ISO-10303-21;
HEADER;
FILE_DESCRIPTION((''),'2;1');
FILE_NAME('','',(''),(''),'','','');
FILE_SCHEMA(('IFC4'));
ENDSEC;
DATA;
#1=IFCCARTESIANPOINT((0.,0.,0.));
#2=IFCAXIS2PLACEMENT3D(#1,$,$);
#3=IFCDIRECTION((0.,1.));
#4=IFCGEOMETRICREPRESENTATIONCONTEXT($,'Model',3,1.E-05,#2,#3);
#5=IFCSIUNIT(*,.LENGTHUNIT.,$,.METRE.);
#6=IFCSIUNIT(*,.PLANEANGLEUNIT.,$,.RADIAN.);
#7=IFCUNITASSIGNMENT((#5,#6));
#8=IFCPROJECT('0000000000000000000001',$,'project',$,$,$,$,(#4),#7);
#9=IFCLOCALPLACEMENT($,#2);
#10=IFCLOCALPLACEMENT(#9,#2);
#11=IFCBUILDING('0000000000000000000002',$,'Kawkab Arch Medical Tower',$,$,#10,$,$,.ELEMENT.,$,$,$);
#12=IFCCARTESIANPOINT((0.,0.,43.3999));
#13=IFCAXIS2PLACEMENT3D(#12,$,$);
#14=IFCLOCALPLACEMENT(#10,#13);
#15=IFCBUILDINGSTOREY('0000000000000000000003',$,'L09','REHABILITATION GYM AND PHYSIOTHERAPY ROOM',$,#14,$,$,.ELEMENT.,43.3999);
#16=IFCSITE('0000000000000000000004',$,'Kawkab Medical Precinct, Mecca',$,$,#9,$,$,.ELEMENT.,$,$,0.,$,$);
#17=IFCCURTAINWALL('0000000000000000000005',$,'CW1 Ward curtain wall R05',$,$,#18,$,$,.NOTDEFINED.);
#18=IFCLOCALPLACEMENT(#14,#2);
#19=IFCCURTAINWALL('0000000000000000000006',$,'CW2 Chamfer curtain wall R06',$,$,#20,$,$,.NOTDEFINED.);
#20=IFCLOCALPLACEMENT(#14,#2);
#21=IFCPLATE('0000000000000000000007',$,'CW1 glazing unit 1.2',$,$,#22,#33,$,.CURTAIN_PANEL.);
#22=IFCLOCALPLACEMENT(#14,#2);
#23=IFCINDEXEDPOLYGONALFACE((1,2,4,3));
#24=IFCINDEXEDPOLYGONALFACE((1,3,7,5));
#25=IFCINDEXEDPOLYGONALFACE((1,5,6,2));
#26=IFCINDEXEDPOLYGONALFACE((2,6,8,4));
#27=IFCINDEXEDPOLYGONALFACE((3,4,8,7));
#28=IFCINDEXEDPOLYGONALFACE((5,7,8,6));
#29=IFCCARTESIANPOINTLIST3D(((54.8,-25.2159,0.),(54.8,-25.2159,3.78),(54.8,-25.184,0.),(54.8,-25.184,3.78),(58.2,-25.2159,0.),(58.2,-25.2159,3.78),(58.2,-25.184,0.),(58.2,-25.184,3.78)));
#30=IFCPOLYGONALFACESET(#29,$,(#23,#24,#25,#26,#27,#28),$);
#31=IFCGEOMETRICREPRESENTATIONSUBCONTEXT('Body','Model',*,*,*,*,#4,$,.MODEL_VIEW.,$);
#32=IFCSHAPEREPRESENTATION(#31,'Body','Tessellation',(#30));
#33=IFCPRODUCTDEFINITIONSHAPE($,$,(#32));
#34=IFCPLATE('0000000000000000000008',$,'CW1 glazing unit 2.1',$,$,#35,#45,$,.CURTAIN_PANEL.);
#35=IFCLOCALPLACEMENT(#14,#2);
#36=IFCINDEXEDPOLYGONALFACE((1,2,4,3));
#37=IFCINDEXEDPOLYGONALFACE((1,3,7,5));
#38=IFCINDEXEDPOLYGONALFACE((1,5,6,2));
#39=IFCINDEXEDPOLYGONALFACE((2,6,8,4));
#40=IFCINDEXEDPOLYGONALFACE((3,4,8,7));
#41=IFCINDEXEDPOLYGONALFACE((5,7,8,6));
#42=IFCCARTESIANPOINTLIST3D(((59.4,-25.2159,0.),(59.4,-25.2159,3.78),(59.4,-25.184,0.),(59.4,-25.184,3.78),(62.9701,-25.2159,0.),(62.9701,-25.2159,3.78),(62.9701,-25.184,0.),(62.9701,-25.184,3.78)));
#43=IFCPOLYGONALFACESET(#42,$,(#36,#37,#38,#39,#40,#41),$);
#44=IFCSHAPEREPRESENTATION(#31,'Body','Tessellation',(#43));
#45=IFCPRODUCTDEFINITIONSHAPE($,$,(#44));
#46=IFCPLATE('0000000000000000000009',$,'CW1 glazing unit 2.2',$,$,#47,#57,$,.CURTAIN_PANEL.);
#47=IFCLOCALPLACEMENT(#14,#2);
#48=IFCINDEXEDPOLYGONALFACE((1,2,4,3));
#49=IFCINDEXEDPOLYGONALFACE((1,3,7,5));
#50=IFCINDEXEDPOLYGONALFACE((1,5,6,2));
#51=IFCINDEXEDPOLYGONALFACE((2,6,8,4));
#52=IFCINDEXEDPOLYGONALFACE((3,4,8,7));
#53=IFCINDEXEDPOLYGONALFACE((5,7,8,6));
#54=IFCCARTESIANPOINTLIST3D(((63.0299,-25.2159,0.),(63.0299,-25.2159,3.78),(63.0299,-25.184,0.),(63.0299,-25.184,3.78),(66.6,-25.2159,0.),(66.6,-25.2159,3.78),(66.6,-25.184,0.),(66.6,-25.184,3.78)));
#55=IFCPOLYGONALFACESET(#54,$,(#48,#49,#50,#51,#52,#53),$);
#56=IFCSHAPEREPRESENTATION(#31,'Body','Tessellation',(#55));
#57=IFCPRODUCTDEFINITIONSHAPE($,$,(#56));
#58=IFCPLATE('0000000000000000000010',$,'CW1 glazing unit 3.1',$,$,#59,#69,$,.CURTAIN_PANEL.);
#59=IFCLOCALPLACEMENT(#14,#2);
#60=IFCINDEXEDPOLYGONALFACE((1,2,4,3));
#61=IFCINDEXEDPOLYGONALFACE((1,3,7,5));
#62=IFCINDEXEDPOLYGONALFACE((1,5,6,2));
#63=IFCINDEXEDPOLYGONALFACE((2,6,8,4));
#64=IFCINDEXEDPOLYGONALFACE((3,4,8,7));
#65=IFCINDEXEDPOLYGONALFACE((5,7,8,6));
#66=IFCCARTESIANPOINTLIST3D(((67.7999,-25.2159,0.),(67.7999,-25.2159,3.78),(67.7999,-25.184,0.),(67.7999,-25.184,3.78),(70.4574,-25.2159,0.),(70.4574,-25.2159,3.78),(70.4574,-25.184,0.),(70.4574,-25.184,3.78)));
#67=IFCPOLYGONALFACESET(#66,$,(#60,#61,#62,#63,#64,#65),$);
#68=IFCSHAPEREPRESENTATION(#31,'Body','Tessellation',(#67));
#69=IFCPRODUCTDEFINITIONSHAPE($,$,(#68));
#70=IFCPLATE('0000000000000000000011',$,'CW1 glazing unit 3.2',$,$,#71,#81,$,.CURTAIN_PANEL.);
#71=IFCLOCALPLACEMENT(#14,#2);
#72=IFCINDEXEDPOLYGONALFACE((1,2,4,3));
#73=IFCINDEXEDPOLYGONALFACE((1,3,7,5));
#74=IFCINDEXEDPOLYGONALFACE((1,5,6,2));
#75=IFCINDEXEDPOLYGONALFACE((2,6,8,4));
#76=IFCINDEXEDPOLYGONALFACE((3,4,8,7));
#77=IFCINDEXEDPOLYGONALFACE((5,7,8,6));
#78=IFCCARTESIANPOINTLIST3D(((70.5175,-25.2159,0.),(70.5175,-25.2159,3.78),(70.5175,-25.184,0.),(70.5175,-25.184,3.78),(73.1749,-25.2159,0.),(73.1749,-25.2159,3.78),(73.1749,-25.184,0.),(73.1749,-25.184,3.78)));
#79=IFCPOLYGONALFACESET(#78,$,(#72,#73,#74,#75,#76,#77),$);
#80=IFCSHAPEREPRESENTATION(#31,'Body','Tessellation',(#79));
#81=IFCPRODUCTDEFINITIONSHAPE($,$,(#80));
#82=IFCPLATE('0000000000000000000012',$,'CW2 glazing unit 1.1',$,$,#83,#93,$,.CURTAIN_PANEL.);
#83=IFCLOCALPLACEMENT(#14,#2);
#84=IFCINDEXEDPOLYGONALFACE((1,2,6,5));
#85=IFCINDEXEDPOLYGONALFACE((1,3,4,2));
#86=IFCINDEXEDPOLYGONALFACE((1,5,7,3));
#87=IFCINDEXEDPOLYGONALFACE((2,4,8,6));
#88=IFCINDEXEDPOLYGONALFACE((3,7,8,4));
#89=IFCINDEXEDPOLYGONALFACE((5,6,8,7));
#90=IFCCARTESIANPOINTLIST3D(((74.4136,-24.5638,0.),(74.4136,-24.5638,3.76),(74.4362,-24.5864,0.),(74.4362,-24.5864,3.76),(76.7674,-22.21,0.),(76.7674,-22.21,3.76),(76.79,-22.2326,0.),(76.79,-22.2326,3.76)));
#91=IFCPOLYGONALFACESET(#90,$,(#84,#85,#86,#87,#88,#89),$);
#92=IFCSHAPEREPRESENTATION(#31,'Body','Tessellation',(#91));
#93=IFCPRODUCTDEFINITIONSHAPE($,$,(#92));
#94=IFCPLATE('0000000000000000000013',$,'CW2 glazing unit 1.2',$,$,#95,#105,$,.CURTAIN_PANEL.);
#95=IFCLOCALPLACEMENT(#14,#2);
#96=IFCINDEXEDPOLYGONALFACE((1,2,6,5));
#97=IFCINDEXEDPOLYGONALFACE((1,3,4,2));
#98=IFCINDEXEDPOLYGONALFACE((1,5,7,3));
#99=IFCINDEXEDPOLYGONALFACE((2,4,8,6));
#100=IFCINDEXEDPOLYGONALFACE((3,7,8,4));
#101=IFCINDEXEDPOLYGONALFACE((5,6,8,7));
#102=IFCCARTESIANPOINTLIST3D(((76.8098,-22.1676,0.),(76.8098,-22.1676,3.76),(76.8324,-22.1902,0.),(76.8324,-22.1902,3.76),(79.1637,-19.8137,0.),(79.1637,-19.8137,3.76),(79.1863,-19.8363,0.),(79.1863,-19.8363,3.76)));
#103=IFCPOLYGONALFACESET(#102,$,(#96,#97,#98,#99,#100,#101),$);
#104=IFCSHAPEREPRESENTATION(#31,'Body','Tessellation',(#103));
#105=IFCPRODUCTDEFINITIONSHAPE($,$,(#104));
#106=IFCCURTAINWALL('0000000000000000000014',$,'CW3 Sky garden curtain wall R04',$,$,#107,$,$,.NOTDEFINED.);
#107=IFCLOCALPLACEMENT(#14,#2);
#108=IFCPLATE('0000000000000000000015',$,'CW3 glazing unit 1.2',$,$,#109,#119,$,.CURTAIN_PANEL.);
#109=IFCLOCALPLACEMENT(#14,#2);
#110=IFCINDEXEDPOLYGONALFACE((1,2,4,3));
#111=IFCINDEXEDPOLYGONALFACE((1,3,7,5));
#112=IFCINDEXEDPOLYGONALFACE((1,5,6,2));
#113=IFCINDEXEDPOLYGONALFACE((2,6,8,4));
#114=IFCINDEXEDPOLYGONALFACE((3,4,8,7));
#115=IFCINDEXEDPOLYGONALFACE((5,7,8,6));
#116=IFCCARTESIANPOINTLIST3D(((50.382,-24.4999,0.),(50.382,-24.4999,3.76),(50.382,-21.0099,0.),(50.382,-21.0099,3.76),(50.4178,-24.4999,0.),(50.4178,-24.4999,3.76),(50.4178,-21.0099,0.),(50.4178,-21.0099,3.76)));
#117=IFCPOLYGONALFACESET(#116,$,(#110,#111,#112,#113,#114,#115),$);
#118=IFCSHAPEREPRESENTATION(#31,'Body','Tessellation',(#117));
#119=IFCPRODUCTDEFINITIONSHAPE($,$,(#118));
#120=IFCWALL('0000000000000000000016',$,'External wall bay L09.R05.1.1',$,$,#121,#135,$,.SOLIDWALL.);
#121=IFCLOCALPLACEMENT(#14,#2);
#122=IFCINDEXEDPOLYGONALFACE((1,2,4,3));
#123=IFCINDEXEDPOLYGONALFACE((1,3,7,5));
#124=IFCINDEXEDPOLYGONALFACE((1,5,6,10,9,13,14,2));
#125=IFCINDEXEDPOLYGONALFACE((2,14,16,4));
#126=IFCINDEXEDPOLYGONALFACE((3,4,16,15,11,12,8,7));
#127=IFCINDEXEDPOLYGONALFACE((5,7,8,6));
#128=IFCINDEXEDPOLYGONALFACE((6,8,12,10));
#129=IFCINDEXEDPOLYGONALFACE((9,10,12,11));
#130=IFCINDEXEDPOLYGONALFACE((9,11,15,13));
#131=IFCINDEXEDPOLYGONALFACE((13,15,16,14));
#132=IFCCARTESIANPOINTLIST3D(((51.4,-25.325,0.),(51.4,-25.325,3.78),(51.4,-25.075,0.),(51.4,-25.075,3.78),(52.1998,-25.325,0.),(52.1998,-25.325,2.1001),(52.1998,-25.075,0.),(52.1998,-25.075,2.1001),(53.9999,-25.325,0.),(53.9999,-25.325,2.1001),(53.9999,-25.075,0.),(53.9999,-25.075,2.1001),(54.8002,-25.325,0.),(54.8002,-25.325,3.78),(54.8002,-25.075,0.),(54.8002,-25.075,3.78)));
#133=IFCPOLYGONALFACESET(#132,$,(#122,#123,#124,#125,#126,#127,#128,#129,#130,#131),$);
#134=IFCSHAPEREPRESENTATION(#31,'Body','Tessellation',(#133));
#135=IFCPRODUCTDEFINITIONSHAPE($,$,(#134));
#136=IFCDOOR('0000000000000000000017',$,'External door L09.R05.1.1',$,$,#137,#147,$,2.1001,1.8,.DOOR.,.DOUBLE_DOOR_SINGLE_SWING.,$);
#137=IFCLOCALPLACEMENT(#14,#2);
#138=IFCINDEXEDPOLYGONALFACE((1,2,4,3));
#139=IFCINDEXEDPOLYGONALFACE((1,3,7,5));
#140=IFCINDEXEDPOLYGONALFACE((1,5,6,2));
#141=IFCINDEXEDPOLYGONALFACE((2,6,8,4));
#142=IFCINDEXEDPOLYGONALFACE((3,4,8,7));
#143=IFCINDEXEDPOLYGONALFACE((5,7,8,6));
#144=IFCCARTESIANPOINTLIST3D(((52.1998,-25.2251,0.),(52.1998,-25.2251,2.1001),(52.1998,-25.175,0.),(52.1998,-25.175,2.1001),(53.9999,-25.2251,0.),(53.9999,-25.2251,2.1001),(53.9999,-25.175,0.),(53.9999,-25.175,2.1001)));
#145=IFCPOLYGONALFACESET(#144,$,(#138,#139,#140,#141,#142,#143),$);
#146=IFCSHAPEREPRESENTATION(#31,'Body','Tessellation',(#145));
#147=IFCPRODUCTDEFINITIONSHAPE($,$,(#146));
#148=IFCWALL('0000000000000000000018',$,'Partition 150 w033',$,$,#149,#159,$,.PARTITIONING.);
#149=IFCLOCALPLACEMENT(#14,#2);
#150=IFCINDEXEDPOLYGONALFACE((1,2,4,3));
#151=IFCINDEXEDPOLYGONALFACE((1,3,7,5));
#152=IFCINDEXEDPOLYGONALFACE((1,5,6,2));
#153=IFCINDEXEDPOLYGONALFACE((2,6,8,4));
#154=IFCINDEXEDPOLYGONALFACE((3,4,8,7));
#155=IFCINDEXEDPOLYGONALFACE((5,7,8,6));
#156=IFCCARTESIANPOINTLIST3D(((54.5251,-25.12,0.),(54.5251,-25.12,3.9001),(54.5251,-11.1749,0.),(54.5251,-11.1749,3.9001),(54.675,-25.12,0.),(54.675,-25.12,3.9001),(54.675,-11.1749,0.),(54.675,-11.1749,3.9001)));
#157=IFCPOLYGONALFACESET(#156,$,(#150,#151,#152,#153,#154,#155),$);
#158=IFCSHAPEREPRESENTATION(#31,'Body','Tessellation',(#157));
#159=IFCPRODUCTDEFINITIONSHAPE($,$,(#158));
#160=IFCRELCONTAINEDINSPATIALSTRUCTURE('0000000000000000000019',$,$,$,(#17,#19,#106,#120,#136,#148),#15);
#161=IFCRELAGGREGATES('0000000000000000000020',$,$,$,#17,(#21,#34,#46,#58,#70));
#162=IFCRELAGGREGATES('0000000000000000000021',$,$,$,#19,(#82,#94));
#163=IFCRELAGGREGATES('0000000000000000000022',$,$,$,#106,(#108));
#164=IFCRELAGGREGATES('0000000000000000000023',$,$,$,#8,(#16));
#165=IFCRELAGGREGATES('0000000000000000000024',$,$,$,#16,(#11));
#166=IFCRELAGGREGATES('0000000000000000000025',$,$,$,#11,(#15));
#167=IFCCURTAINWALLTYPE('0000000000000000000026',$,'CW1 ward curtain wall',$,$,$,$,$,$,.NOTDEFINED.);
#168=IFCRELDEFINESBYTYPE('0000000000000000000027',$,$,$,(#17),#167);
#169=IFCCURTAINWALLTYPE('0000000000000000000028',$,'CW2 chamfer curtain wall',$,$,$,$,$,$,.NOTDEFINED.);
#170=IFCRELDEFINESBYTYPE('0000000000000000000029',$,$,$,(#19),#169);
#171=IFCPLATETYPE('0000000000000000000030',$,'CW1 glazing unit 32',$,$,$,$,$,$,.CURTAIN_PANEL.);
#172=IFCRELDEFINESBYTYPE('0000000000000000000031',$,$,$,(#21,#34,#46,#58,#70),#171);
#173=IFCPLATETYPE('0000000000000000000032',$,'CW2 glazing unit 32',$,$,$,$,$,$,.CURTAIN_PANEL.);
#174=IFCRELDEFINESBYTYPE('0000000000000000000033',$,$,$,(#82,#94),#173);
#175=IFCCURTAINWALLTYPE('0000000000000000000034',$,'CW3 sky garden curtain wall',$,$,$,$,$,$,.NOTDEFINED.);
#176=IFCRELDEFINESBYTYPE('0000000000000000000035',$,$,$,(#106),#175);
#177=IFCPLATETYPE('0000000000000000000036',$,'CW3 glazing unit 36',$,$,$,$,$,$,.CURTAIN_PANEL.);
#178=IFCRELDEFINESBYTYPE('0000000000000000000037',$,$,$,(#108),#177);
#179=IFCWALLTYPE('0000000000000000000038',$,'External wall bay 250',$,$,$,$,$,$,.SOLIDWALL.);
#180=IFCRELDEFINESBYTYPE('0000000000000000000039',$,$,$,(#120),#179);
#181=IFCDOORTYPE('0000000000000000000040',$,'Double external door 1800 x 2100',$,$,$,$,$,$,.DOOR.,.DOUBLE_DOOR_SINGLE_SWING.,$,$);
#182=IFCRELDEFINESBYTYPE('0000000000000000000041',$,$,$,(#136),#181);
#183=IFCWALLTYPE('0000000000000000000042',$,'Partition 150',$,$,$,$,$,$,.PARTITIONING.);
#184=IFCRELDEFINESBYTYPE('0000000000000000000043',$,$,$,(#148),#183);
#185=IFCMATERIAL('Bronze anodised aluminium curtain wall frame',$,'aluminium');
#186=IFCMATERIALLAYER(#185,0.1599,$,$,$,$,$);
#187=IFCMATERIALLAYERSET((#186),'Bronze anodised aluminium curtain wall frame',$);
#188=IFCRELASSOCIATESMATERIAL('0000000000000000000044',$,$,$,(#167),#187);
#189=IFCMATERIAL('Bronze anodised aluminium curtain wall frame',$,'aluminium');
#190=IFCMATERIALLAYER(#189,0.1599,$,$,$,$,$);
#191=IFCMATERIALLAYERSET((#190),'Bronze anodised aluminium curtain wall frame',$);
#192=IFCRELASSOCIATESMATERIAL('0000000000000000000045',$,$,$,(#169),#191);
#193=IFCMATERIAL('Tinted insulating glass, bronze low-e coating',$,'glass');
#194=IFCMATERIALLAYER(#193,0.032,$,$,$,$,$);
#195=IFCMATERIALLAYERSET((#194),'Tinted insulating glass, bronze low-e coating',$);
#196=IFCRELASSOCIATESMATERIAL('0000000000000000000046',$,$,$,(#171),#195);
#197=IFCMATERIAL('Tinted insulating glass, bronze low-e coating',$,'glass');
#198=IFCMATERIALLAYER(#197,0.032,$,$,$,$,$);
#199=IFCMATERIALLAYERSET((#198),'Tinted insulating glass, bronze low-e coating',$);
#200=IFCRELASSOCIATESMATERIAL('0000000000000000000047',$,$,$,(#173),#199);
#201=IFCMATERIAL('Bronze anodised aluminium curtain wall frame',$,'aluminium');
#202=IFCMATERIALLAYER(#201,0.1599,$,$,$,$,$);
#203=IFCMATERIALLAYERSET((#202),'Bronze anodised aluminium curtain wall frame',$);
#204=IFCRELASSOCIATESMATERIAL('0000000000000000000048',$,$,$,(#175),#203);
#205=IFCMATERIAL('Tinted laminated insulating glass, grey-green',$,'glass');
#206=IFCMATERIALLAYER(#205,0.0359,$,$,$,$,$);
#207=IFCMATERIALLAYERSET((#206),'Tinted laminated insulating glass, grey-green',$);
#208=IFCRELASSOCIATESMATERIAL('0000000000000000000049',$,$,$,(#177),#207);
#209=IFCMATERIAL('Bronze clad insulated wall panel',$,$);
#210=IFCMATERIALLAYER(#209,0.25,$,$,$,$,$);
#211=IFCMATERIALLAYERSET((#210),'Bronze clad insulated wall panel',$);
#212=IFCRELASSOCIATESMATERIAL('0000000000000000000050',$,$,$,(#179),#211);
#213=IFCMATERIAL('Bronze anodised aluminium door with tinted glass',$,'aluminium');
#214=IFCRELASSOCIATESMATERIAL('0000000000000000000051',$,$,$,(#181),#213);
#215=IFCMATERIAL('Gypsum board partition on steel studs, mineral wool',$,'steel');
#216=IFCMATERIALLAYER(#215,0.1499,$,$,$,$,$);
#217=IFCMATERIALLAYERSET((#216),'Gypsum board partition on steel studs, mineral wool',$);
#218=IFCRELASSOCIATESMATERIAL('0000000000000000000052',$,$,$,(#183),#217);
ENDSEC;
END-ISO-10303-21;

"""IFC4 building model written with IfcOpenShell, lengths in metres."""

from ifc_helpers import new_model, si_unit, direction, frame, frame_2d, origin, origin_2d, place, context, subcontext, project, spatial, rectangle, extrude, material, layer, layer_set, type_object, element, fill, aggregate, save


model = new_model("IFC4")

# Units and contexts
model_context = context("Model", 3, precision=1e-05, world=origin(), true_north=direction((0.0, 1.0)))
body_context = subcontext(model_context, "Body", "Model", "MODEL_VIEW")
ifc_project = project(units=[si_unit("LENGTHUNIT", "METRE"), si_unit("PLANEANGLEUNIT", "RADIAN")], contexts=[model_context])

# Site, building, storey
site_placement = place(None, origin())
site = spatial("IfcSite", under=ifc_project, at=site_placement, Name="Kawkab Medical Precinct, Mecca", CompositionType="ELEMENT", RefElevation=0.0)
building_placement = place(site_placement, origin())
building = spatial("IfcBuilding", under=site, at=building_placement, Name="Kawkab Arch Medical Tower", CompositionType="ELEMENT")
storey_placement = place(building_placement, frame((0.0, 0.0, 43.3999)))
storey = spatial("IfcBuildingStorey", under=building, at=storey_placement, Name="L09", Description="REHABILITATION GYM AND PHYSIOTHERAPY ROOM", CompositionType="ELEMENT", Elevation=43.3999)

# Curtain walls
ifc_material_1 = material(Name="Bronze anodised aluminium curtain wall frame", Category="aluminium")
ifc_layer_1 = layer(ifc_material_1, 0.1599)
ifc_layer_set_1 = layer_set([ifc_layer_1], Name="Bronze anodised aluminium curtain wall frame")
curtain_wall_type_1 = type_object("IfcCurtainWallType", Name="CW1 ward curtain wall", PredefinedType="NOTDEFINED", material=ifc_layer_set_1)
placement = place(storey_placement, origin())
curtain_wall_1 = element("IfcCurtainWall", 1, at=placement, inside=storey, type_object=curtain_wall_type_1, Name="CW1 Ward curtain wall R05", PredefinedType="NOTDEFINED")
ifc_material_2 = material(Name="Bronze anodised aluminium curtain wall frame", Category="aluminium")
ifc_layer_2 = layer(ifc_material_2, 0.1599)
ifc_layer_set_2 = layer_set([ifc_layer_2], Name="Bronze anodised aluminium curtain wall frame")
curtain_wall_type_2 = type_object("IfcCurtainWallType", Name="CW2 chamfer curtain wall", PredefinedType="NOTDEFINED", material=ifc_layer_set_2)
curtain_wall_2 = element("IfcCurtainWall", 2, at=placement, inside=storey, type_object=curtain_wall_type_2, Name="CW2 Chamfer curtain wall R06", PredefinedType="NOTDEFINED")

# Plates
ifc_material_3 = material(Name="Tinted insulating glass, bronze low-e coating", Category="glass")
ifc_layer_3 = layer(ifc_material_3, 0.032)
ifc_layer_set_3 = layer_set([ifc_layer_3], Name="Tinted insulating glass, bronze low-e coating")
plate_type_1 = type_object("IfcPlateType", Name="CW1 glazing unit 32", PredefinedType="CURTAIN_PANEL", material=ifc_layer_set_3)
plate_1_placement = place(storey_placement, frame((56.5, -25.2, 0.0), z_axis=(0.0, 0.0, 1.0), x_axis=(1.0, 0.0, 0.0)))
plate_1 = element("IfcPlate", 3, at=plate_1_placement, type_object=plate_type_1, Name="CW1 glazing unit 1.2", PredefinedType="CURTAIN_PANEL", context=body_context, shape_type="SweptSolid", body=[
    extrude(rectangle(XDim=3.3999, YDim=0.032, at=origin_2d()), origin(), (0.0, 0.0, 1.0), 3.78),
])
plate_2_placement = place(storey_placement, frame((61.1851, -25.2, 0.0), z_axis=(0.0, 0.0, 1.0), x_axis=(1.0, 0.0, 0.0)))
plate_2 = element("IfcPlate", 4, at=plate_2_placement, type_object=plate_type_1, Name="CW1 glazing unit 2.1", PredefinedType="CURTAIN_PANEL", context=body_context, shape_type="SweptSolid", body=[
    extrude(rectangle(XDim=3.5701, YDim=0.032, at=origin_2d()), origin(), (0.0, 0.0, 1.0), 3.78),
])
plate_3_placement = place(storey_placement, frame((64.8149, -25.2, 0.0), z_axis=(0.0, 0.0, 1.0), x_axis=(1.0, 0.0, 0.0)))
plate_3 = element("IfcPlate", 5, at=plate_3_placement, type_object=plate_type_1, Name="CW1 glazing unit 2.2", PredefinedType="CURTAIN_PANEL", context=body_context, shape_type="SweptSolid", body=[
    extrude(rectangle(XDim=3.5701, YDim=0.032, at=origin_2d()), origin(), (0.0, 0.0, 1.0), 3.78),
])
plate_4_placement = place(storey_placement, frame((69.1287, -25.2, 0.0), z_axis=(0.0, 0.0, 1.0), x_axis=(1.0, 0.0, 0.0)))
plate_4 = element("IfcPlate", 6, at=plate_4_placement, type_object=plate_type_1, Name="CW1 glazing unit 3.1", PredefinedType="CURTAIN_PANEL", context=body_context, shape_type="SweptSolid", body=[
    extrude(rectangle(XDim=2.6575, YDim=0.032, at=origin_2d()), origin(), (0.0, 0.0, 1.0), 3.78),
])
plate_5_placement = place(storey_placement, frame((71.8462, -25.2, 0.0), z_axis=(0.0, 0.0, 1.0), x_axis=(1.0, 0.0, 0.0)))
plate_5 = element("IfcPlate", 7, at=plate_5_placement, type_object=plate_type_1, Name="CW1 glazing unit 3.2", PredefinedType="CURTAIN_PANEL", context=body_context, shape_type="SweptSolid", body=[
    extrude(rectangle(XDim=2.6575, YDim=0.032, at=origin_2d()), origin(), (0.0, 0.0, 1.0), 3.78),
])
aggregate(curtain_wall_1, [plate_1, plate_2, plate_3, plate_4, plate_5])
ifc_material_4 = material(Name="Tinted insulating glass, bronze low-e coating", Category="glass")
ifc_layer_4 = layer(ifc_material_4, 0.032)
ifc_layer_set_4 = layer_set([ifc_layer_4], Name="Tinted insulating glass, bronze low-e coating")
plate_type_2 = type_object("IfcPlateType", Name="CW2 glazing unit 32", PredefinedType="CURTAIN_PANEL", material=ifc_layer_set_4)
plate_6_placement = place(storey_placement, frame((75.6018, -23.3982, 0.0), z_axis=(0.0, 0.0, 1.0), x_axis=(0.707107, 0.707107, 0.0)))
plate_6 = element("IfcPlate", 8, at=plate_6_placement, type_object=plate_type_2, Name="CW2 glazing unit 1.1", PredefinedType="CURTAIN_PANEL", context=body_context, shape_type="SweptSolid", body=[
    extrude(rectangle(XDim=3.3289, YDim=0.032, at=origin_2d()), origin(), (0.0, 0.0, 1.0), 3.76),
])
plate_7_placement = place(storey_placement, frame((77.998, -21.002, 0.0), z_axis=(0.0, 0.0, 1.0), x_axis=(0.707107, 0.707107, 0.0)))
plate_7 = element("IfcPlate", 9, at=plate_7_placement, type_object=plate_type_2, Name="CW2 glazing unit 1.2", PredefinedType="CURTAIN_PANEL", context=body_context, shape_type="SweptSolid", body=[
    extrude(rectangle(XDim=3.3289, YDim=0.032, at=origin_2d()), origin(), (0.0, 0.0, 1.0), 3.76),
])
aggregate(curtain_wall_2, [plate_6, plate_7])

# Curtain wall, plate
ifc_material_5 = material(Name="Bronze anodised aluminium curtain wall frame", Category="aluminium")
ifc_layer_5 = layer(ifc_material_5, 0.1599)
ifc_layer_set_5 = layer_set([ifc_layer_5], Name="Bronze anodised aluminium curtain wall frame")
curtain_wall_type_3 = type_object("IfcCurtainWallType", Name="CW3 sky garden curtain wall", PredefinedType="NOTDEFINED", material=ifc_layer_set_5)
curtain_wall_3 = element("IfcCurtainWall", 10, at=placement, inside=storey, type_object=curtain_wall_type_3, Name="CW3 Sky garden curtain wall R04", PredefinedType="NOTDEFINED")
ifc_material_6 = material(Name="Tinted laminated insulating glass, grey-green", Category="glass")
ifc_layer_6 = layer(ifc_material_6, 0.0359)
ifc_layer_set_6 = layer_set([ifc_layer_6], Name="Tinted laminated insulating glass, grey-green")
plate_type_3 = type_object("IfcPlateType", Name="CW3 glazing unit 36", PredefinedType="CURTAIN_PANEL", material=ifc_layer_set_6)
plate_8_placement = place(storey_placement, frame((50.3999, -22.7549, 0.0), z_axis=(0.0, 0.0, 1.0), x_axis=(0.0, -1.0, 0.0)))
plate_8 = element("IfcPlate", 11, at=plate_8_placement, type_object=plate_type_3, Name="CW3 glazing unit 1.2", PredefinedType="CURTAIN_PANEL", context=body_context, shape_type="SweptSolid", body=[
    extrude(rectangle(XDim=3.49, YDim=0.0359, at=origin_2d()), origin(), (0.0, 0.0, 1.0), 3.76),
])
aggregate(curtain_wall_3, [plate_8])

# Wall, opening, door
ifc_material_7 = material(Name="Bronze clad insulated wall panel")
ifc_layer_7 = layer(ifc_material_7, 0.25)
ifc_layer_set_7 = layer_set([ifc_layer_7], Name="Bronze clad insulated wall panel")
wall_type_1 = type_object("IfcWallType", Name="External wall bay 250", PredefinedType="SOLIDWALL", material=ifc_layer_set_7)
wall_1_placement = place(storey_placement, frame((51.3999, -25.2, 0.0), z_axis=(0.0, 0.0, 1.0), x_axis=(1.0, 0.0, 0.0)))
wall_1 = element("IfcWall", 12, at=wall_1_placement, inside=storey, type_object=wall_type_1, Name="External wall bay L09.R05.1.1", PredefinedType="SOLIDWALL", context=body_context, shape_type="SweptSolid", body=[
    extrude(rectangle(XDim=3.4001, YDim=0.25, at=frame_2d((1.7002, 0.0))), origin(), (0.0, 0.0, 1.0), 3.78),
])
opening_placement = place(wall_1_placement, frame((0.8, 0.0, 0.0)))
opening = element("IfcOpeningElement", 13, at=opening_placement, cuts=wall_1, PredefinedType="OPENING", context=body_context, shape_type="SweptSolid", body=[
    extrude(rectangle(XDim=1.8, YDim=2.1001, at=frame_2d((0.8999, 1.05))), frame((0.0, 0.135, 0.0), z_axis=(0.0, -1.0, 0.0), x_axis=(1.0, 0.0, 0.0)), (0.0, 0.0, 1.0), 0.27),
])
ifc_material_8 = material(Name="Bronze anodised aluminium door with tinted glass", Category="aluminium")
door_type = type_object("IfcDoorType", Name="Double external door 1800 x 2100", OperationType="DOUBLE_DOOR_SINGLE_SWING", PredefinedType="DOOR", material=ifc_material_8)
door_placement = place(opening_placement, origin())
door = element("IfcDoor", 14, at=door_placement, inside=storey, type_object=door_type, Name="External door L09.R05.1.1", OperationType="DOUBLE_DOOR_SINGLE_SWING", OverallHeight=2.1001, OverallWidth=1.8, PredefinedType="DOOR", context=body_context, shape_type="SweptSolid", body=[
    extrude(rectangle(XDim=1.8, YDim=2.1001, at=frame_2d((0.8999, 1.05))), frame((0.0, 0.0249, 0.0), z_axis=(0.0, -1.0, 0.0), x_axis=(1.0, 0.0, 0.0)), (0.0, 0.0, 1.0), 0.05),
])
fill(opening, door)

# Wall
ifc_material_9 = material(Name="Gypsum board partition on steel studs, mineral wool", Category="steel")
ifc_layer_8 = layer(ifc_material_9, 0.1499)
ifc_layer_set_8 = layer_set([ifc_layer_8], Name="Gypsum board partition on steel studs, mineral wool")
wall_type_2 = type_object("IfcWallType", Name="Partition 150", PredefinedType="PARTITIONING", material=ifc_layer_set_8)
wall_2_placement = place(storey_placement, frame((54.6001, -25.1201, 0.0), z_axis=(0.0, 0.0, 1.0), x_axis=(0.0, 1.0, 0.0)))
element("IfcWall", 15, at=wall_2_placement, inside=storey, type_object=wall_type_2, Name="Partition 150 w033", PredefinedType="PARTITIONING", context=body_context, shape_type="SweptSolid", body=[
    extrude(rectangle(XDim=13.9451, YDim=0.1499, at=frame_2d((6.9727, 0.0))), origin(), (0.0, 0.0, 1.0), 3.9001),
])

save(model, "model.ifc")
